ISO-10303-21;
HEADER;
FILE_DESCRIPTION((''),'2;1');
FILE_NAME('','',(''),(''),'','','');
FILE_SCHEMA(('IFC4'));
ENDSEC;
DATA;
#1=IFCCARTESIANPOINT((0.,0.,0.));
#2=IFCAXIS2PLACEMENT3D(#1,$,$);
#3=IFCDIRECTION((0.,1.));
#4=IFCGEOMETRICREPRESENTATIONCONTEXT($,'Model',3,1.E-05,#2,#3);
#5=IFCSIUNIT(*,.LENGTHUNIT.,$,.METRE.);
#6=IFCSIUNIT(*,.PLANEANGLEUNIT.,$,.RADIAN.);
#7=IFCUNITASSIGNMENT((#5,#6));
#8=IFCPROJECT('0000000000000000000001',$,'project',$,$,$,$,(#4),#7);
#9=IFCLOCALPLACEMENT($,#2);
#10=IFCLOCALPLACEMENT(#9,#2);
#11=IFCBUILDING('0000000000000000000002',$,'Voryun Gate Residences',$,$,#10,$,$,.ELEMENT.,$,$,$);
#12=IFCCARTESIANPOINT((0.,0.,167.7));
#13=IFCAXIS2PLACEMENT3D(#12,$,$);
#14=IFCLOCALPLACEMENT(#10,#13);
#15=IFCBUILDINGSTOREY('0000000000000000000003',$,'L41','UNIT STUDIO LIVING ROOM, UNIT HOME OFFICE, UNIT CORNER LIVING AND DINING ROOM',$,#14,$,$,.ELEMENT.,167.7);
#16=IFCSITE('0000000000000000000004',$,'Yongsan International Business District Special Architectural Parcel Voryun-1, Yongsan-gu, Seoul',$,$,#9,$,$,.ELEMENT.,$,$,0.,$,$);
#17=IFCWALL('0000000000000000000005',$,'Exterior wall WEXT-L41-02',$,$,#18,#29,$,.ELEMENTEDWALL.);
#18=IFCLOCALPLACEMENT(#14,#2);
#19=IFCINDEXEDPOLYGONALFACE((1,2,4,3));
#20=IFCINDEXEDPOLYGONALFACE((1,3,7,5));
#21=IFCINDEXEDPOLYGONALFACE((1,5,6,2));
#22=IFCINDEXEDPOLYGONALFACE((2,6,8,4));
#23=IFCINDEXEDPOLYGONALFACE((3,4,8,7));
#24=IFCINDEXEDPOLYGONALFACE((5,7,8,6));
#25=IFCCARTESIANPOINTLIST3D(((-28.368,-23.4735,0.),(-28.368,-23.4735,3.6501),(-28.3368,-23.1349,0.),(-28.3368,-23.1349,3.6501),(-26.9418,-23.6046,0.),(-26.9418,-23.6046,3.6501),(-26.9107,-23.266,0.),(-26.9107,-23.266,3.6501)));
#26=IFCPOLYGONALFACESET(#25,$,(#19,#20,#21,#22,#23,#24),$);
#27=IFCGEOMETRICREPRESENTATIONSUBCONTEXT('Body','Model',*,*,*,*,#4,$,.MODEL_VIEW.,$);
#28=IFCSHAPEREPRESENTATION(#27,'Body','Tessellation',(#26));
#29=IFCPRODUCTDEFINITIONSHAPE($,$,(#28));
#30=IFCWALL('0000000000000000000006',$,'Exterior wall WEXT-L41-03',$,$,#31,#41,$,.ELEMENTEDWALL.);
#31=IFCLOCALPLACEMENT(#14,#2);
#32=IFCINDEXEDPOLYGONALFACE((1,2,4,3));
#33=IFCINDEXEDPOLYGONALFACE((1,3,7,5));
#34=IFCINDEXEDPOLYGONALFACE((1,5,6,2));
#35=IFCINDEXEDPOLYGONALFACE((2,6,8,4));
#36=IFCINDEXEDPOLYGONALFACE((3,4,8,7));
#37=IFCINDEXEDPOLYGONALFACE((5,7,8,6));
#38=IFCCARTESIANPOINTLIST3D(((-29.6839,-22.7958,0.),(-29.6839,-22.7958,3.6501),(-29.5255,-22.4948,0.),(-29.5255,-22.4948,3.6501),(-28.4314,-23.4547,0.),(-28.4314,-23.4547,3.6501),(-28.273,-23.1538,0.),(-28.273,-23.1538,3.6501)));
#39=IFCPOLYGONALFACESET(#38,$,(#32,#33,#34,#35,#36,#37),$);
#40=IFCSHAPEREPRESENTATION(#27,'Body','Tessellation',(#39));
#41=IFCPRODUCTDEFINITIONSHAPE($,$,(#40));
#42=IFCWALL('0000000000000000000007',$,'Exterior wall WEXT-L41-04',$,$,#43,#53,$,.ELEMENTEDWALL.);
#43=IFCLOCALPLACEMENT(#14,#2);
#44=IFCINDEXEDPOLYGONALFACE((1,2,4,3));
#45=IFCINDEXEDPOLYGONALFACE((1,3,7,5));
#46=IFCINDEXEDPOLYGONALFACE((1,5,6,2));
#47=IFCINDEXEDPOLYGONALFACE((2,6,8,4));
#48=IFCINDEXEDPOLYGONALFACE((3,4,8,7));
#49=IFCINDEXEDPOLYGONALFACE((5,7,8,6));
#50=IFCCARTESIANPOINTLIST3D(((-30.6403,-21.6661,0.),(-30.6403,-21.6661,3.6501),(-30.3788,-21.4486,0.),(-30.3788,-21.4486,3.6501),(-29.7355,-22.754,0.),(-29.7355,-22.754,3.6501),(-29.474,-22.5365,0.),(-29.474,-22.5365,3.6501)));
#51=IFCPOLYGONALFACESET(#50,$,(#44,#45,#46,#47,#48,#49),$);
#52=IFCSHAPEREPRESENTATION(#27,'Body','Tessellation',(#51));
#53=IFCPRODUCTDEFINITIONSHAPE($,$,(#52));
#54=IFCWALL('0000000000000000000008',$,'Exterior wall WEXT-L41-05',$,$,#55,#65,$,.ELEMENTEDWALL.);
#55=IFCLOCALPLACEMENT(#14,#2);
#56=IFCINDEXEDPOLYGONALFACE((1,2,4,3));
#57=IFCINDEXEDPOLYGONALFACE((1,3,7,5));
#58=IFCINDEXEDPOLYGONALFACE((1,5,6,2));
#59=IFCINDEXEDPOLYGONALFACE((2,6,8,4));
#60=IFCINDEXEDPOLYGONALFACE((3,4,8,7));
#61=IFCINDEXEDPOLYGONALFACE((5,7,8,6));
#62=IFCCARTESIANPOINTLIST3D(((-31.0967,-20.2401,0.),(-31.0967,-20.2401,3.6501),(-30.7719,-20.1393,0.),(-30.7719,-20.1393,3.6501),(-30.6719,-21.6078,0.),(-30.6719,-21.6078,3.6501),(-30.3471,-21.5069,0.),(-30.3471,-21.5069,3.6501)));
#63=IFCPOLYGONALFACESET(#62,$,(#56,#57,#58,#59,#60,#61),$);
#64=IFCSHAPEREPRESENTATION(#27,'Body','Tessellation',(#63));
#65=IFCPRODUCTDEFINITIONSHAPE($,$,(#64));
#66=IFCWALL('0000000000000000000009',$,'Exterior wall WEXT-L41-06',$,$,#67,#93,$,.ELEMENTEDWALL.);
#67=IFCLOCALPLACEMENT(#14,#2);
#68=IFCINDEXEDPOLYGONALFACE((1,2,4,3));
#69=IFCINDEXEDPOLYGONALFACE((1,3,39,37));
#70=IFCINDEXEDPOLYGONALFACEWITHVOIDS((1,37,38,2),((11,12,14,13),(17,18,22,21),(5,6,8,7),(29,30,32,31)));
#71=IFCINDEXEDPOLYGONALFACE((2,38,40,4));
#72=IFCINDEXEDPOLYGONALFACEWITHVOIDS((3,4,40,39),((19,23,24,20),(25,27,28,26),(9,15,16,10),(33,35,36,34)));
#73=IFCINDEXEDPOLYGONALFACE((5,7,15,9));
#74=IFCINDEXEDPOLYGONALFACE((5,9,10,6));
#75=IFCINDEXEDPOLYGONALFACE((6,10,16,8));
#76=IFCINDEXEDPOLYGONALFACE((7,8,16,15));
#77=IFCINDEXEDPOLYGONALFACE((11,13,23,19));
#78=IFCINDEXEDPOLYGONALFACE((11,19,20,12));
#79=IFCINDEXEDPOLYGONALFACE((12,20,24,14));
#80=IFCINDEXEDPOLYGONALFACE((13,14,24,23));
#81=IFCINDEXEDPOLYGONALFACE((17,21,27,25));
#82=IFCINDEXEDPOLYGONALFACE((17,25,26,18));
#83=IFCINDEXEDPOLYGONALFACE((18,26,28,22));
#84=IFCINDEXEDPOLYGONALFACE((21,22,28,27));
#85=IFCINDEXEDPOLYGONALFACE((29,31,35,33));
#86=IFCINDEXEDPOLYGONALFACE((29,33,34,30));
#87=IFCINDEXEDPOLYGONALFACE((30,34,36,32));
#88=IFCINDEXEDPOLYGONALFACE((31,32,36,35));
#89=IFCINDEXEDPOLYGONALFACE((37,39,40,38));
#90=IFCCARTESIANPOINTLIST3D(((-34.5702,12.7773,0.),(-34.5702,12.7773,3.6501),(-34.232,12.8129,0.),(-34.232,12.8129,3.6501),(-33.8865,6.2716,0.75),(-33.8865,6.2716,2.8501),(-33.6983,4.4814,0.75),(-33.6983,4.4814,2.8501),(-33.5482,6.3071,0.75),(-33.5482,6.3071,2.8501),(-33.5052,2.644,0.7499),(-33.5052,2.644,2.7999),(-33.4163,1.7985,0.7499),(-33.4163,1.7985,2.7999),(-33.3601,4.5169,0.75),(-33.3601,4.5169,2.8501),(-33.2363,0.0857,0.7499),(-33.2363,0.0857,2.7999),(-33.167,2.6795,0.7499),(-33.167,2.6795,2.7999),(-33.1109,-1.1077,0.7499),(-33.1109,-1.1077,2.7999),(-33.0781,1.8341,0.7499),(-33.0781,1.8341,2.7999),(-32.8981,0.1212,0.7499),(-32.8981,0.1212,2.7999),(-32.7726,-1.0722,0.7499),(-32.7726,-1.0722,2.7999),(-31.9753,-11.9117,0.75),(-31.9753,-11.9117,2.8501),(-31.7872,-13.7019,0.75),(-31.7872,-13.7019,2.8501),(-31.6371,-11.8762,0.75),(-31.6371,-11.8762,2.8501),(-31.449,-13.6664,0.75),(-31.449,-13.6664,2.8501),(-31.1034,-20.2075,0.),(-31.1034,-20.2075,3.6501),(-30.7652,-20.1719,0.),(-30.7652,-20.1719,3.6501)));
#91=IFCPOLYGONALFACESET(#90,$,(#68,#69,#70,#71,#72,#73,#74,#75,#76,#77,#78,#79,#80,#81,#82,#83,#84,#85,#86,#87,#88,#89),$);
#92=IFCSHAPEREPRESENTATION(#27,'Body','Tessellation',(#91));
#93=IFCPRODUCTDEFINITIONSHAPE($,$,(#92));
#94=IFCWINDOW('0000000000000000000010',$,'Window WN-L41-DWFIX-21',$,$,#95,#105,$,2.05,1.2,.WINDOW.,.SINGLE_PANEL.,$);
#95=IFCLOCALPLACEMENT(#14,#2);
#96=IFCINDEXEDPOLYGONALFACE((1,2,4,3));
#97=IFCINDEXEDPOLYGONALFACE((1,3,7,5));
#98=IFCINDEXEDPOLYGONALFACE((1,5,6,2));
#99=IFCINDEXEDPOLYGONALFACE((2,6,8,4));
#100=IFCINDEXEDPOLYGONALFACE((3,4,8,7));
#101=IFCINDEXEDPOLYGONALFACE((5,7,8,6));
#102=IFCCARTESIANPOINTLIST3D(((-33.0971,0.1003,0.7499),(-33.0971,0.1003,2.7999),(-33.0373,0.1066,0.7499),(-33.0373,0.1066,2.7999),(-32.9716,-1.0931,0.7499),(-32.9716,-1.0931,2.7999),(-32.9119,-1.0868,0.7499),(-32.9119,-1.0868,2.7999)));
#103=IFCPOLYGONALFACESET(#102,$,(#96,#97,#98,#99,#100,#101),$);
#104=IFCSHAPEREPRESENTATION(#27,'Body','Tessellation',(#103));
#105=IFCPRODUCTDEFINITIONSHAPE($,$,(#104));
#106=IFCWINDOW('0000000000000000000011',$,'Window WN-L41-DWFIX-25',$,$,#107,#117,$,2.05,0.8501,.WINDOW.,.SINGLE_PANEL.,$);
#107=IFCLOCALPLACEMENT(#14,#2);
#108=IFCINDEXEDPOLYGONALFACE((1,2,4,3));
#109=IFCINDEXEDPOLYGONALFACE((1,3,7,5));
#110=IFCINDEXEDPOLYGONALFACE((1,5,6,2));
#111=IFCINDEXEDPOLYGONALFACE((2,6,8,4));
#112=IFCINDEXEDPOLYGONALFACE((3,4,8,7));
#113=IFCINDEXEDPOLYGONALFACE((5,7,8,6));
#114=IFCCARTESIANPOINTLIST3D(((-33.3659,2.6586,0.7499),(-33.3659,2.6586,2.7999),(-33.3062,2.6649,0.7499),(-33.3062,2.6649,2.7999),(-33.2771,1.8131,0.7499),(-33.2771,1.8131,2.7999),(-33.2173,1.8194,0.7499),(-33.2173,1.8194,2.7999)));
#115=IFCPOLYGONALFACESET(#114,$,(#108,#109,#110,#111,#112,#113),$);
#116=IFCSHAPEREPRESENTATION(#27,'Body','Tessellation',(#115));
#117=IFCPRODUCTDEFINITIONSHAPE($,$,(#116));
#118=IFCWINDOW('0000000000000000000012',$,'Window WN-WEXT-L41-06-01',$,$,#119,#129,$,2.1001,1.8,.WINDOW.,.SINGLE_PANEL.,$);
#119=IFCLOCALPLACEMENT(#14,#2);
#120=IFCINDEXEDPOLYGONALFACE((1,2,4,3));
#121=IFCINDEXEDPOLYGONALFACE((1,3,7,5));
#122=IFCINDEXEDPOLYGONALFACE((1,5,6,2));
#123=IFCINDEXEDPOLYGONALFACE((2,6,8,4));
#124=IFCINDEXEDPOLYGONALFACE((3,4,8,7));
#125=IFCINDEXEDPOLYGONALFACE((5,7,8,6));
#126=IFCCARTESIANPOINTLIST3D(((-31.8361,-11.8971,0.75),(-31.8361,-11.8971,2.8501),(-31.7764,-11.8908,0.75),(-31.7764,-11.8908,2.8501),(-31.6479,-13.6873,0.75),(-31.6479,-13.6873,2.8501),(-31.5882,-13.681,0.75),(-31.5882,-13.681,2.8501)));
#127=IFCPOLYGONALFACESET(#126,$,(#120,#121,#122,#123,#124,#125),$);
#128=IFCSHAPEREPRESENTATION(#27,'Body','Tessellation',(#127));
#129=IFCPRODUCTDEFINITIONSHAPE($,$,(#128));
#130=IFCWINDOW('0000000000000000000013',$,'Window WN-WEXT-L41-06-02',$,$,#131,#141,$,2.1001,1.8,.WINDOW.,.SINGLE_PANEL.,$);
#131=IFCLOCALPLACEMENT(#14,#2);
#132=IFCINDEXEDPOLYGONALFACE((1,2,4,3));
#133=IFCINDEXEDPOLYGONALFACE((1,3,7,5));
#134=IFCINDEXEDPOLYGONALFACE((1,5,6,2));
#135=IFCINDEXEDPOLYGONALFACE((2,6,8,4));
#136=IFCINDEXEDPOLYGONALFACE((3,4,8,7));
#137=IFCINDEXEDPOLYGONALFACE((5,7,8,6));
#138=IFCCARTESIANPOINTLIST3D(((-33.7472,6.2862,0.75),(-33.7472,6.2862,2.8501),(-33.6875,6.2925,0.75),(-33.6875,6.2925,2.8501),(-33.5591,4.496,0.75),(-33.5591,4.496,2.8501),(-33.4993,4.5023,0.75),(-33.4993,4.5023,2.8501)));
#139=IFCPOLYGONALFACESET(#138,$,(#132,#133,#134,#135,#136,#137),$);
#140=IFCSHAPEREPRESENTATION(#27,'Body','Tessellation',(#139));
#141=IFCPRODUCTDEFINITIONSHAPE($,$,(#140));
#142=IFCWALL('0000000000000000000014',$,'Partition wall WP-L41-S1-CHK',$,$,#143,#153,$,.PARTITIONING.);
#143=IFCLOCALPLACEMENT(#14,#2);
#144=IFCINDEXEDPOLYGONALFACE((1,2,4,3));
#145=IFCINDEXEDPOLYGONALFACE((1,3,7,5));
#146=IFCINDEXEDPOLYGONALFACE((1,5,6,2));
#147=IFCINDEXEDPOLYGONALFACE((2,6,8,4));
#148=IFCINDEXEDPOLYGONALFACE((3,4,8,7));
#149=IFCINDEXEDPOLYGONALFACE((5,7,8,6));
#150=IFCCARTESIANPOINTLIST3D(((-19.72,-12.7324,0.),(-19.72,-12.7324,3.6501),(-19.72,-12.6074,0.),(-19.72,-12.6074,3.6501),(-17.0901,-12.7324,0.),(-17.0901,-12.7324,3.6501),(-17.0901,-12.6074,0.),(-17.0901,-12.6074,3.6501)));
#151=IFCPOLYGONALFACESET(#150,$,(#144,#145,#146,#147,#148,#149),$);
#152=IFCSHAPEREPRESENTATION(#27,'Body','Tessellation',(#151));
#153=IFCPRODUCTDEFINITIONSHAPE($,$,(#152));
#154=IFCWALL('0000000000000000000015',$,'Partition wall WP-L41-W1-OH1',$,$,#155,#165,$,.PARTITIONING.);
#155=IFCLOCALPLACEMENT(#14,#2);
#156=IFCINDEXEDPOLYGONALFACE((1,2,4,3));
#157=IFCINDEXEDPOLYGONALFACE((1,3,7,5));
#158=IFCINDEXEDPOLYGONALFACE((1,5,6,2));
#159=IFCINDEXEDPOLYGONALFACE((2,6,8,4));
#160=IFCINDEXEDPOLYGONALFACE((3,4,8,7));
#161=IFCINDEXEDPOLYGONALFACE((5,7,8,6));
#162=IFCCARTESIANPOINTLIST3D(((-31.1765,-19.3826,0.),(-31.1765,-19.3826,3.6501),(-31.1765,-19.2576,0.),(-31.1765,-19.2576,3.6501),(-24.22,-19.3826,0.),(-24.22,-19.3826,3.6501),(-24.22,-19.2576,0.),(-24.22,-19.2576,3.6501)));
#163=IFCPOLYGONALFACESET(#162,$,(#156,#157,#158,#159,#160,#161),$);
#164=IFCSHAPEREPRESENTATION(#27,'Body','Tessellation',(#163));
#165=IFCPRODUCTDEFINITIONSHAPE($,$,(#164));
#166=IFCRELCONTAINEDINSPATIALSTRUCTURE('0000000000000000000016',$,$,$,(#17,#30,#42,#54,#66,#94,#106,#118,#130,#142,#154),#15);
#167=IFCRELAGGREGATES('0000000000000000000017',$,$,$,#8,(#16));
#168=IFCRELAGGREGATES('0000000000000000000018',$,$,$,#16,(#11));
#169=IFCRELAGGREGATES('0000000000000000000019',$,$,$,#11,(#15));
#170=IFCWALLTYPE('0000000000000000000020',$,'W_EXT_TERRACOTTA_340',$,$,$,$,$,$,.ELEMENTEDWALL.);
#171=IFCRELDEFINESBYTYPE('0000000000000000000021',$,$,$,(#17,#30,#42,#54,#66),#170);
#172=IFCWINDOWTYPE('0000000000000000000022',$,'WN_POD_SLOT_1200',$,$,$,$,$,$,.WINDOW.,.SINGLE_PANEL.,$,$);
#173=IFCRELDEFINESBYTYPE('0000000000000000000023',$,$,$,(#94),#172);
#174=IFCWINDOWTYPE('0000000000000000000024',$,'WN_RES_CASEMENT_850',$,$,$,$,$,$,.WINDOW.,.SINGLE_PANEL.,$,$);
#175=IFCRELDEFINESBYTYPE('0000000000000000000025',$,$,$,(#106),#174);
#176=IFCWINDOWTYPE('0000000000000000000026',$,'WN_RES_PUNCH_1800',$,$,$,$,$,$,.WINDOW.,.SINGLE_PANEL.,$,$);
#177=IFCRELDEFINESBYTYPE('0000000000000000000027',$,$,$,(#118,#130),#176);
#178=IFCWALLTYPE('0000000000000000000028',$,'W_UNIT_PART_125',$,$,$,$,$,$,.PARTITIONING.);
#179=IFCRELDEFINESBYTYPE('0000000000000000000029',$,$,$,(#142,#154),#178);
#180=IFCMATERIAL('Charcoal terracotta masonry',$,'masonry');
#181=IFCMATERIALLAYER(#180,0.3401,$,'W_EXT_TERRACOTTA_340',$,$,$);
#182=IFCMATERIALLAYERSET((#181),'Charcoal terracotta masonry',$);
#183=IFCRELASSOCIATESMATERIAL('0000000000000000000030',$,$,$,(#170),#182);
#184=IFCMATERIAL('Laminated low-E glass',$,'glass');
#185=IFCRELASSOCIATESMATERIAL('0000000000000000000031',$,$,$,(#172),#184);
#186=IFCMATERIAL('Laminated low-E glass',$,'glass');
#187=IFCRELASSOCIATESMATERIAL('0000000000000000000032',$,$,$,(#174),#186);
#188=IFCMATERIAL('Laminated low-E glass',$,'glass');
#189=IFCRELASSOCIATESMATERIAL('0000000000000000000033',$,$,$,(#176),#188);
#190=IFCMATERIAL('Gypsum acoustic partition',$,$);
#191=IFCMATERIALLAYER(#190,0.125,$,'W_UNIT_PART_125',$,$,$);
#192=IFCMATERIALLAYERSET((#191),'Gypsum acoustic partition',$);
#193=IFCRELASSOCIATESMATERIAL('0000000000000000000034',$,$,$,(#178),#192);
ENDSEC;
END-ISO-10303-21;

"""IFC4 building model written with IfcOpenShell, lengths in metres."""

from ifc_helpers import new_model, si_unit, direction, frame, frame_2d, origin, place, context, subcontext, project, spatial, rectangle, extrude, material, layer, layer_set, type_object, element, fill, save


model = new_model("IFC4")

# Units and contexts
model_context = context("Model", 3, precision=1e-05, world=origin(), true_north=direction((0.0, 1.0)))
body_context = subcontext(model_context, "Body", "Model", "MODEL_VIEW")
ifc_project = project(units=[si_unit("LENGTHUNIT", "METRE"), si_unit("PLANEANGLEUNIT", "RADIAN")], contexts=[model_context])

# Site, building, storey
site_placement = place(None, origin())
site = spatial("IfcSite", under=ifc_project, at=site_placement, Name="Yongsan International Business District Special Architectural Parcel Voryun-1, Yongsan-gu, Seoul", CompositionType="ELEMENT", RefElevation=0.0)
building_placement = place(site_placement, origin())
building = spatial("IfcBuilding", under=site, at=building_placement, Name="Voryun Gate Residences", CompositionType="ELEMENT")
storey_placement = place(building_placement, frame((0.0, 0.0, 167.7)))
storey = spatial("IfcBuildingStorey", under=building, at=storey_placement, Name="L41", Description="UNIT STUDIO LIVING ROOM, UNIT HOME OFFICE, UNIT CORNER LIVING AND DINING ROOM", CompositionType="ELEMENT", Elevation=167.7)

# Walls
ifc_material_1 = material(Name="Charcoal terracotta masonry", Category="masonry")
ifc_layer_1 = layer(ifc_material_1, 0.3401, Name="W_EXT_TERRACOTTA_340")
ifc_layer_set_1 = layer_set([ifc_layer_1], Name="Charcoal terracotta masonry")
wall_type_1 = type_object("IfcWallType", Name="W_EXT_TERRACOTTA_340", PredefinedType="ELEMENTEDWALL", material=ifc_layer_set_1)
wall_1_placement = place(storey_placement, frame((-26.9263, -23.4353, 0.0), z_axis=(0.0, 0.0, 1.0), x_axis=(-0.9958, 0.09155, 0.0)))
element("IfcWall", 1, at=wall_1_placement, inside=storey, type_object=wall_type_1, Name="Exterior wall WEXT-L41-02", PredefinedType="ELEMENTEDWALL", context=body_context, shape_type="SweptSolid", body=[
    extrude(rectangle(XDim=1.4321, YDim=0.3401, at=frame_2d((0.7161, 0.0))), origin(), (0.0, 0.0, 1.0), 3.6501),
])
wall_2_placement = place(storey_placement, frame((-28.3523, -23.3042, 0.0), z_axis=(0.0, 0.0, 1.0), x_axis=(-0.884989, 0.465611, 0.0)))
element("IfcWall", 2, at=wall_2_placement, inside=storey, type_object=wall_type_1, Name="Exterior wall WEXT-L41-03", PredefinedType="ELEMENTEDWALL", context=body_context, shape_type="SweptSolid", body=[
    extrude(rectangle(XDim=1.4153, YDim=0.3401, at=frame_2d((0.7075, 0.0))), origin(), (0.0, 0.0, 1.0), 3.6501),
])
wall_3_placement = place(storey_placement, frame((-29.6047, -22.6453, 0.0), z_axis=(0.0, 0.0, 1.0), x_axis=(-0.639437, 0.768843, 0.0)))
element("IfcWall", 3, at=wall_3_placement, inside=storey, type_object=wall_type_1, Name="Exterior wall WEXT-L41-04", PredefinedType="ELEMENTEDWALL", context=body_context, shape_type="SweptSolid", body=[
    extrude(rectangle(XDim=1.415, YDim=0.3401, at=frame_2d((0.7075, 0.0))), origin(), (0.0, 0.0, 1.0), 3.6501),
])
wall_4_placement = place(storey_placement, frame((-30.5095, -21.5574, 0.0), z_axis=(0.0, 0.0, 1.0), x_axis=(-0.296624, 0.954994, 0.0)))
element("IfcWall", 4, at=wall_4_placement, inside=storey, type_object=wall_type_1, Name="Exterior wall WEXT-L41-05", PredefinedType="ELEMENTEDWALL", context=body_context, shape_type="SweptSolid", body=[
    extrude(rectangle(XDim=1.4321, YDim=0.3401, at=frame_2d((0.7161, 0.0))), origin(), (0.0, 0.0, 1.0), 3.6501),
])

# Wall, openings, windows
wall_5_placement = place(storey_placement, frame((-30.9343, -20.1897, 0.0), z_axis=(0.0, 0.0, 1.0), x_axis=(-0.104527, 0.994522, 0.0)))
wall_5 = element("IfcWall", 5, at=wall_5_placement, inside=storey, type_object=wall_type_1, Name="Exterior wall WEXT-L41-06", PredefinedType="ELEMENTEDWALL", context=body_context, shape_type="SweptSolid", body=[
    extrude(rectangle(XDim=33.1665, YDim=0.3401, at=frame_2d((16.5833, 0.0))), origin(), (0.0, 0.0, 1.0), 3.6501),
])
opening_1_placement = place(wall_5_placement, frame((6.5415, 0.0, 0.75)))
opening_1 = element("IfcOpeningElement", 6, at=opening_1_placement, cuts=wall_5, PredefinedType="OPENING", context=body_context, shape_type="SweptSolid", body=[
    extrude(rectangle(XDim=1.8, YDim=2.1001, at=frame_2d((0.8999, 1.05))), frame((0.0, 0.1799, 0.0), z_axis=(0.0, -1.0, 0.0), x_axis=(1.0, 0.0, 0.0)), (0.0, 0.0, 1.0), 0.3601),
])
opening_2_placement = place(wall_5_placement, frame((24.825, 0.0, 0.75)))
opening_2 = element("IfcOpeningElement", 7, at=opening_2_placement, cuts=wall_5, PredefinedType="OPENING", context=body_context, shape_type="SweptSolid", body=[
    extrude(rectangle(XDim=1.8, YDim=2.1001, at=frame_2d((0.8999, 1.05))), frame((0.0, 0.1799, 0.0), z_axis=(0.0, -1.0, 0.0), x_axis=(1.0, 0.0, 0.0)), (0.0, 0.0, 1.0), 0.3601),
])
opening_3_placement = place(wall_5_placement, frame((19.2048, 0.0, 0.75)))
opening_3 = element("IfcOpeningElement", 8, at=opening_3_placement, cuts=wall_5, PredefinedType="OPENING", context=body_context, shape_type="SweptSolid", body=[
    extrude(rectangle(XDim=1.2, YDim=2.05, at=frame_2d((0.6001, 1.0249))), frame((0.0, 0.1799, 0.0), z_axis=(0.0, -1.0, 0.0), x_axis=(1.0, 0.0, 0.0)), (0.0, 0.0, 1.0), 0.3601),
])
opening_4_placement = place(wall_5_placement, frame((22.1272, 0.0, 0.75)))
opening_4 = element("IfcOpeningElement", 9, at=opening_4_placement, cuts=wall_5, PredefinedType="OPENING", context=body_context, shape_type="SweptSolid", body=[
    extrude(rectangle(XDim=0.8501, YDim=2.05, at=frame_2d((0.425, 1.0249))), frame((0.0, 0.1799, 0.0), z_axis=(0.0, -1.0, 0.0), x_axis=(1.0, 0.0, 0.0)), (0.0, 0.0, 1.0), 0.3601),
])
ifc_material_2 = material(Name="Laminated low-E glass", Category="glass")
window_type_1 = type_object("IfcWindowType", Name="WN_POD_SLOT_1200", PartitioningType="SINGLE_PANEL", PredefinedType="WINDOW", material=ifc_material_2)
window_1_placement = place(opening_3_placement, origin())
window_1 = element("IfcWindow", 10, at=window_1_placement, inside=storey, type_object=window_type_1, Name="Window WN-L41-DWFIX-21", OverallHeight=2.05, OverallWidth=1.2, PartitioningType="SINGLE_PANEL", PredefinedType="WINDOW", context=body_context, shape_type="SweptSolid", body=[
    extrude(rectangle(XDim=1.2, YDim=2.05, at=frame_2d((0.6001, 1.0249))), frame((0.0, 0.03, 0.0), z_axis=(0.0, -1.0, 0.0), x_axis=(1.0, 0.0, 0.0)), (0.0, 0.0, 1.0), 0.0601),
])
fill(opening_3, window_1)
ifc_material_3 = material(Name="Laminated low-E glass", Category="glass")
window_type_2 = type_object("IfcWindowType", Name="WN_RES_CASEMENT_850", PartitioningType="SINGLE_PANEL", PredefinedType="WINDOW", material=ifc_material_3)
window_2_placement = place(opening_4_placement, origin())
window_2 = element("IfcWindow", 11, at=window_2_placement, inside=storey, type_object=window_type_2, Name="Window WN-L41-DWFIX-25", OverallHeight=2.05, OverallWidth=0.8501, PartitioningType="SINGLE_PANEL", PredefinedType="WINDOW", context=body_context, shape_type="SweptSolid", body=[
    extrude(rectangle(XDim=0.8501, YDim=2.05, at=frame_2d((0.425, 1.0249))), frame((0.0, 0.03, 0.0), z_axis=(0.0, -1.0, 0.0), x_axis=(1.0, 0.0, 0.0)), (0.0, 0.0, 1.0), 0.0601),
])
fill(opening_4, window_2)
ifc_material_4 = material(Name="Laminated low-E glass", Category="glass")
window_type_3 = type_object("IfcWindowType", Name="WN_RES_PUNCH_1800", PartitioningType="SINGLE_PANEL", PredefinedType="WINDOW", material=ifc_material_4)
window_3_placement = place(opening_1_placement, origin())
window_3 = element("IfcWindow", 12, at=window_3_placement, inside=storey, type_object=window_type_3, Name="Window WN-WEXT-L41-06-01", OverallHeight=2.1001, OverallWidth=1.8, PartitioningType="SINGLE_PANEL", PredefinedType="WINDOW", context=body_context, shape_type="SweptSolid", body=[
    extrude(rectangle(XDim=1.8, YDim=2.1001, at=frame_2d((0.8999, 1.05))), frame((0.0, 0.03, 0.0), z_axis=(0.0, -1.0, 0.0), x_axis=(1.0, 0.0, 0.0)), (0.0, 0.0, 1.0), 0.0601),
])
fill(opening_1, window_3)
window_4_placement = place(opening_2_placement, origin())
window_4 = element("IfcWindow", 13, at=window_4_placement, inside=storey, type_object=window_type_3, Name="Window WN-WEXT-L41-06-02", OverallHeight=2.1001, OverallWidth=1.8, PartitioningType="SINGLE_PANEL", PredefinedType="WINDOW", context=body_context, shape_type="SweptSolid", body=[
    extrude(rectangle(XDim=1.8, YDim=2.1001, at=frame_2d((0.8999, 1.05))), frame((0.0, 0.03, 0.0), z_axis=(0.0, -1.0, 0.0), x_axis=(1.0, 0.0, 0.0)), (0.0, 0.0, 1.0), 0.0601),
])
fill(opening_2, window_4)

# Walls
ifc_material_5 = material(Name="Gypsum acoustic partition")
ifc_layer_2 = layer(ifc_material_5, 0.125, Name="W_UNIT_PART_125")
ifc_layer_set_2 = layer_set([ifc_layer_2], Name="Gypsum acoustic partition")
wall_type_2 = type_object("IfcWallType", Name="W_UNIT_PART_125", PredefinedType="PARTITIONING", material=ifc_layer_set_2)
wall_6_placement = place(storey_placement, frame((-19.72, -12.6699, 0.0), z_axis=(0.0, 0.0, 1.0), x_axis=(1.0, 0.0, 0.0)))
element("IfcWall", 14, at=wall_6_placement, inside=storey, type_object=wall_type_2, Name="Partition wall WP-L41-S1-CHK", PredefinedType="PARTITIONING", context=body_context, shape_type="SweptSolid", body=[
    extrude(rectangle(XDim=2.6299, YDim=0.125, at=frame_2d((1.3149, 0.0))), origin(), (0.0, 0.0, 1.0), 3.6501),
])
wall_7_placement = place(storey_placement, frame((-31.1765, -19.3201, 0.0), z_axis=(0.0, 0.0, 1.0), x_axis=(1.0, 0.0, 0.0)))
element("IfcWall", 15, at=wall_7_placement, inside=storey, type_object=wall_type_2, Name="Partition wall WP-L41-W1-OH1", PredefinedType="PARTITIONING", context=body_context, shape_type="SweptSolid", body=[
    extrude(rectangle(XDim=6.9565, YDim=0.125, at=frame_2d((3.4783, 0.0))), origin(), (0.0, 0.0, 1.0), 3.6501),
])

save(model, "model.ifc")
